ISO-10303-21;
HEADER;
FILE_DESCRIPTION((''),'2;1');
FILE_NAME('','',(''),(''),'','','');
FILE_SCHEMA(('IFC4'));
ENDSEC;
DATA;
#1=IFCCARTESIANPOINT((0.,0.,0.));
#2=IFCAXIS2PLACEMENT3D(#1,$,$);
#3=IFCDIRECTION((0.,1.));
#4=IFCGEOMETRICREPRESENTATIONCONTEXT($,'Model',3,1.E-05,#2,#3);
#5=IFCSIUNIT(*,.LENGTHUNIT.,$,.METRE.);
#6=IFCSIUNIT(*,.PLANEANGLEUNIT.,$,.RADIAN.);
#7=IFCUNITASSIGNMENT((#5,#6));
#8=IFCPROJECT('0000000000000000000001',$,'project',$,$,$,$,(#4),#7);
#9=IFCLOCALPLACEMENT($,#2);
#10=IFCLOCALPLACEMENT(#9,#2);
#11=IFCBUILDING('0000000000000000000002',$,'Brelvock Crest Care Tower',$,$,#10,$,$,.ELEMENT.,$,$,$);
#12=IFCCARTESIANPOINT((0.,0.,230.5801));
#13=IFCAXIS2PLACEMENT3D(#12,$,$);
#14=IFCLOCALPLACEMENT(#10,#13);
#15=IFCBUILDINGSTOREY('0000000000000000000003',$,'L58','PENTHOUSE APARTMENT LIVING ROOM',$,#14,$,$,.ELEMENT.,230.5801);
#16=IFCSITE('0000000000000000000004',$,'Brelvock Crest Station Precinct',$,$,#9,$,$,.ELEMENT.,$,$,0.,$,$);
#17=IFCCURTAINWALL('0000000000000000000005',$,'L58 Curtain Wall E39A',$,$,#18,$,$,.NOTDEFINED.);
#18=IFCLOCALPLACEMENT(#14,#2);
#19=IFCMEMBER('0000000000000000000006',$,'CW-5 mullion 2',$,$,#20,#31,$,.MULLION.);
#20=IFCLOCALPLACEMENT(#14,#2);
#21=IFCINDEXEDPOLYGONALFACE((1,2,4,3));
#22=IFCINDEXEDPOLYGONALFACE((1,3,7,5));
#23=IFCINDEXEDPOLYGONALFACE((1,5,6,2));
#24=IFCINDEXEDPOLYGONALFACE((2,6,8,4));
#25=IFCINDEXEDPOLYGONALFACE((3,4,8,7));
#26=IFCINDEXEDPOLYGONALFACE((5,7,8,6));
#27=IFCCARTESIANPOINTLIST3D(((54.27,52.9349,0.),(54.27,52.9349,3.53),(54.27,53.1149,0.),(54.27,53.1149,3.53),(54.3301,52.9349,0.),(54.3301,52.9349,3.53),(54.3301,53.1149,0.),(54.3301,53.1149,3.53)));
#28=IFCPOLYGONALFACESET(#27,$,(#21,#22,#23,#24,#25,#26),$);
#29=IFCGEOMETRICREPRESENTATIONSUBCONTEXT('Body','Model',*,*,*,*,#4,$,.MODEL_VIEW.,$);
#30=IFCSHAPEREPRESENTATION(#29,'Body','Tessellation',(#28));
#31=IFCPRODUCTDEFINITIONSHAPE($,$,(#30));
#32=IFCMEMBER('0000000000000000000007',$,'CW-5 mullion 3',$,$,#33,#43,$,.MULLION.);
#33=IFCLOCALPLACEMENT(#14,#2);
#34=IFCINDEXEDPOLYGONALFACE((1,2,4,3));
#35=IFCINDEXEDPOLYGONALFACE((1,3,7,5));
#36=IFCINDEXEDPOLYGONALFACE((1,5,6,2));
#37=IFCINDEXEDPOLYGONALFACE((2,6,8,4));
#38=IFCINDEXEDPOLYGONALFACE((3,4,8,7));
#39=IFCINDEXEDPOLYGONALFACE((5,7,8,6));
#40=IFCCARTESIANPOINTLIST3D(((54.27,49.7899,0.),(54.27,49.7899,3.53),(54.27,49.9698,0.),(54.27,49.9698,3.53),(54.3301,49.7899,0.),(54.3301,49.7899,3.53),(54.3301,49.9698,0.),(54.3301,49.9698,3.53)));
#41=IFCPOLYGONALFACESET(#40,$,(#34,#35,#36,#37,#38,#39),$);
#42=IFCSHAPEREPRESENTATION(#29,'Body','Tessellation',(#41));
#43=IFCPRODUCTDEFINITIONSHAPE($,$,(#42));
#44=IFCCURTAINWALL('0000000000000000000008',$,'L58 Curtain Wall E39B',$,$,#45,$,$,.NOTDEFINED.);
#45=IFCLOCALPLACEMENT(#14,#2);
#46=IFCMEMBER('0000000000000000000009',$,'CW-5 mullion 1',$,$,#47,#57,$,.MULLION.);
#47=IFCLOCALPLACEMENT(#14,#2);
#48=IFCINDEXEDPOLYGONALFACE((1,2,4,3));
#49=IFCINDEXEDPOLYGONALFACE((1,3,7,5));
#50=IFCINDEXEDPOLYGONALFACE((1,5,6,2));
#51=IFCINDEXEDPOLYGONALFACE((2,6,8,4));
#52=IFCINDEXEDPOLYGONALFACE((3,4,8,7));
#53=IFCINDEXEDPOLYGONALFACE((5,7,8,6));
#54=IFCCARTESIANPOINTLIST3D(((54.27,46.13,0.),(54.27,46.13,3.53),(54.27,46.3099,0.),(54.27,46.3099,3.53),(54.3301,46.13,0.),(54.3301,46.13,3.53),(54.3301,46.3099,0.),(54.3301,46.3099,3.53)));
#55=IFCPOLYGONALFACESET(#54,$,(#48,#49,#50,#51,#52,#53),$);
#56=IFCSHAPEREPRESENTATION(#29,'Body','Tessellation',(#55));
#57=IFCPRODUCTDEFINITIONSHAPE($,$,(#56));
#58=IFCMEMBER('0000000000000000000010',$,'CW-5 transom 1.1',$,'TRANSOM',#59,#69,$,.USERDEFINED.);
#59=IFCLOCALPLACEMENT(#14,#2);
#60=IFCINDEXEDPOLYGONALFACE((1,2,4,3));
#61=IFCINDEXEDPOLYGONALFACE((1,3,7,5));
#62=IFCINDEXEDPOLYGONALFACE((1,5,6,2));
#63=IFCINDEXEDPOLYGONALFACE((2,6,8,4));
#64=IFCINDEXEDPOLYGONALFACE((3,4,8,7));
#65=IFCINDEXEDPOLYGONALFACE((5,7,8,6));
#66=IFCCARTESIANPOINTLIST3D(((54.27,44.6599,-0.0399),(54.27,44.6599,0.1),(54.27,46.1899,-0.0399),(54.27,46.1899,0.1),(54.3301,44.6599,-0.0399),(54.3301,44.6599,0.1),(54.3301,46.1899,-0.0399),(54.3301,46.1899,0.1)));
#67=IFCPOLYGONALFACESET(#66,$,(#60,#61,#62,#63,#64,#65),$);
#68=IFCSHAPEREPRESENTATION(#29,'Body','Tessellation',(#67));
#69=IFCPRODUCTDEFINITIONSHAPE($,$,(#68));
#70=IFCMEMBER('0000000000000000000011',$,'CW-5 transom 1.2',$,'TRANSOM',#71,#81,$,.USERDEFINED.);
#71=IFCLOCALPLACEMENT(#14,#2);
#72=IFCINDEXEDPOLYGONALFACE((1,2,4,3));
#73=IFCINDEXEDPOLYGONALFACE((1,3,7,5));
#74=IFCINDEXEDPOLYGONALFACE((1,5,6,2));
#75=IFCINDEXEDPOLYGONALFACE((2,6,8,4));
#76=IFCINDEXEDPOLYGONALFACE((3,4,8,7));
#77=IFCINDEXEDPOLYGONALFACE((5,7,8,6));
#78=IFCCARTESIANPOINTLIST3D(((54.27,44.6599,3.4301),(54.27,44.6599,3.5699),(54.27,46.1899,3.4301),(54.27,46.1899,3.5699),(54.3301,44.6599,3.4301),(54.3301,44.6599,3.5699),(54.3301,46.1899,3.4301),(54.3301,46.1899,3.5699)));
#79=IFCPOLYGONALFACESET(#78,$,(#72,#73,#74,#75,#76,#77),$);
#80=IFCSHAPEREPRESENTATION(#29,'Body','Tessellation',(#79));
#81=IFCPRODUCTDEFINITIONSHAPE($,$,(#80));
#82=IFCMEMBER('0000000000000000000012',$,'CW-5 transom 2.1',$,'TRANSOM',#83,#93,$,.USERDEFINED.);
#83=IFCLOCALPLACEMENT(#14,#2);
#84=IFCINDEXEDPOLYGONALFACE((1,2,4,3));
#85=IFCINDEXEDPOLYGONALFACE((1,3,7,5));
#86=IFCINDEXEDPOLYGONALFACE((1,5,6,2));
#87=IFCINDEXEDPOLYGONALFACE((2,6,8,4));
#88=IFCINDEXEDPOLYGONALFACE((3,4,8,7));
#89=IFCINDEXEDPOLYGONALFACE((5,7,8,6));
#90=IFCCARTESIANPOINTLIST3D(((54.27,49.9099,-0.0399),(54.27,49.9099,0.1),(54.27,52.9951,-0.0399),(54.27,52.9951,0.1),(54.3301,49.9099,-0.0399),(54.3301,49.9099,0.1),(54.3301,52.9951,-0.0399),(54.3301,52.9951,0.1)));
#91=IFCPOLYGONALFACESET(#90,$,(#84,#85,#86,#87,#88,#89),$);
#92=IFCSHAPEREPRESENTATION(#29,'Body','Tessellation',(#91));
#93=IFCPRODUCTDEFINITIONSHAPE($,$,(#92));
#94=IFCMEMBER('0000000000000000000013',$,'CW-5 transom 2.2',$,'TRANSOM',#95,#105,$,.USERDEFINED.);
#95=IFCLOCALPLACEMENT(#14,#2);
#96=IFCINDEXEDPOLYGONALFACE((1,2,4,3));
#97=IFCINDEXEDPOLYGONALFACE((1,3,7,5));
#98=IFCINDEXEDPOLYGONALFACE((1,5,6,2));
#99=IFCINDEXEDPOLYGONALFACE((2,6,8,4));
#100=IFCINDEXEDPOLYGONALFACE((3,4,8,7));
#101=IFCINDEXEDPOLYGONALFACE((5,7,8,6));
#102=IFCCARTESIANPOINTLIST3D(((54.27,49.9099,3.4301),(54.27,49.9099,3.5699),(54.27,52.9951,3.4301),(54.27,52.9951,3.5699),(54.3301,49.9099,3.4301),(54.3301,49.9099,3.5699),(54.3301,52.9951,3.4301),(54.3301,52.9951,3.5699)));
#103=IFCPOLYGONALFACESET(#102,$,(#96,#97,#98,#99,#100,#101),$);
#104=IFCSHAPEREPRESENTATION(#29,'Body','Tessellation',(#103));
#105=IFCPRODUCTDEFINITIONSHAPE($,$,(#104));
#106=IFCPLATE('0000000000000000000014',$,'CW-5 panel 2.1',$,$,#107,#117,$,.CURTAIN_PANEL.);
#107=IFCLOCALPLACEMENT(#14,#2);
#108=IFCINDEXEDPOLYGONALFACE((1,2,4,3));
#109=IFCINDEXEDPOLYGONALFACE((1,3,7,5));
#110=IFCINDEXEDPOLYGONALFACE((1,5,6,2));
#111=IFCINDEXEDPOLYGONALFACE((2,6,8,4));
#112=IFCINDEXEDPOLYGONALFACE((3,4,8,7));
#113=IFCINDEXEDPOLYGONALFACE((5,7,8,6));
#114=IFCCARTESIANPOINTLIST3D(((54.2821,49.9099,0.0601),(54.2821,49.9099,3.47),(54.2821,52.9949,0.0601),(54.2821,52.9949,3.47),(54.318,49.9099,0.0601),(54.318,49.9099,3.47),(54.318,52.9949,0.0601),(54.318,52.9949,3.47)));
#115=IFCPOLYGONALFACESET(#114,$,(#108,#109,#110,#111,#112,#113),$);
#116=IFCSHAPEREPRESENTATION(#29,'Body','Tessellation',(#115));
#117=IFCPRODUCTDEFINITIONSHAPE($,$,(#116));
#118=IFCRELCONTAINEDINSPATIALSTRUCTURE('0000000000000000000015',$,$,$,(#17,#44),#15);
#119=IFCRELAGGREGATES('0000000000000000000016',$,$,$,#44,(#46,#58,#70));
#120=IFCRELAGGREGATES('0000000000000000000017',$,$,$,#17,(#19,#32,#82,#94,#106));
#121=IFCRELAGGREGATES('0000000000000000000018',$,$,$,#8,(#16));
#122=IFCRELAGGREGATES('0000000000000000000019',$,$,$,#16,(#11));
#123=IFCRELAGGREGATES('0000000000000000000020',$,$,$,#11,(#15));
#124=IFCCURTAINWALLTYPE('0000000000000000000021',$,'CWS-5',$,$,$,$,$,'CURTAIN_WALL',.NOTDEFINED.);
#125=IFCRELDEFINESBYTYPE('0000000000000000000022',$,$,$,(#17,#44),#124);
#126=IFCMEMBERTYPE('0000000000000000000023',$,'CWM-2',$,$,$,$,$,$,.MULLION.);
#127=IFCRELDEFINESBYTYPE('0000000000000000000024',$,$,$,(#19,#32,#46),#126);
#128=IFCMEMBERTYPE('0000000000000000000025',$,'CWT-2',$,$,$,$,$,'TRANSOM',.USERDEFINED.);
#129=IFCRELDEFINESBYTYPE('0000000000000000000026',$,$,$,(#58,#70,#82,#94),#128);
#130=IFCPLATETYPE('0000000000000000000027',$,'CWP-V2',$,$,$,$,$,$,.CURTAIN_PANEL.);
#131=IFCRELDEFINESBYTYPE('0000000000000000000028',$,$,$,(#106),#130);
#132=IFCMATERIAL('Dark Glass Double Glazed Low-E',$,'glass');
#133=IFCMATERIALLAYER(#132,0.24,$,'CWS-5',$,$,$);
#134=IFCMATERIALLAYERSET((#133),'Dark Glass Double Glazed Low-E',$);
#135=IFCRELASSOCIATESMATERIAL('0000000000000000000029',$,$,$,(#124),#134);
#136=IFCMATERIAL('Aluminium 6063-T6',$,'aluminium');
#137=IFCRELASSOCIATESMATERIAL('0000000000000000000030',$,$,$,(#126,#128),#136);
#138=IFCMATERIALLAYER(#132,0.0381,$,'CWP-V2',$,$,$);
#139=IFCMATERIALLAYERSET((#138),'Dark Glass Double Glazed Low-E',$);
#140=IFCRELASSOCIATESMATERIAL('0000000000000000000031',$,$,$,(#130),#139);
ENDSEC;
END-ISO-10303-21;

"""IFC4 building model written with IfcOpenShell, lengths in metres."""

from ifc_helpers import new_model, si_unit, direction, frame, origin, origin_2d, place, context, subcontext, project, spatial, rectangle, extrude, source, transform, mapped, material, layer, layer_set, material_profile, profile_set, type_object, element, aggregate, save


model = new_model("IFC4")

# Units and contexts
model_context = context("Model", 3, precision=1e-05, world=origin(), true_north=direction((0.0, 1.0)))
body_context = subcontext(model_context, "Body", "Model", "MODEL_VIEW")
ifc_project = project(units=[si_unit("LENGTHUNIT", "METRE"), si_unit("PLANEANGLEUNIT", "RADIAN")], contexts=[model_context])

# Site, building, storey
site_placement = place(None, origin())
site = spatial("IfcSite", under=ifc_project, at=site_placement, Name="Brelvock Crest Station Precinct", CompositionType="ELEMENT", RefElevation=0.0)
building_placement = place(site_placement, origin())
building = spatial("IfcBuilding", under=site, at=building_placement, Name="Brelvock Crest Care Tower", CompositionType="ELEMENT")
storey_placement = place(building_placement, frame((0.0, 0.0, 230.5801)))
storey = spatial("IfcBuildingStorey", under=building, at=storey_placement, Name="L58", Description="PENTHOUSE APARTMENT LIVING ROOM", CompositionType="ELEMENT", Elevation=230.5801)

# Curtain walls, members
ifc_material_1 = material(Name="Dark Glass Double Glazed Low-E", Category="glass")
ifc_layer_1 = layer(ifc_material_1, 0.24, Name="CWS-5")
ifc_layer_set_1 = layer_set([ifc_layer_1], Name="Dark Glass Double Glazed Low-E")
curtain_wall_type = type_object("IfcCurtainWallType", Name="CWS-5", ElementType="CURTAIN_WALL", PredefinedType="NOTDEFINED", material=ifc_layer_set_1)
curtain_wall_1_placement = place(storey_placement, origin())
curtain_wall_1 = element("IfcCurtainWall", 1, at=curtain_wall_1_placement, inside=storey, type_object=curtain_wall_type, Name="L58 Curtain Wall E39A", PredefinedType="NOTDEFINED")
ifc_material_2 = material(Name="Aluminium 6063-T6", Category="aluminium")
ifc_material_profile_1 = material_profile(ifc_material_2, rectangle(XDim=0.0601, YDim=0.1799, at=origin_2d()), Name="ALU60x180")
ifc_profile_set_1 = profile_set([ifc_material_profile_1], Name="Aluminium 6063-T6")
member_type_1 = type_object("IfcMemberType", Name="CWM-2", PredefinedType="MULLION", material=ifc_profile_set_1)
shared_shape_1 = source(origin(), body_context, "Body", "SweptSolid", [
    extrude(rectangle(XDim=0.0601, YDim=0.1799, at=origin_2d()), origin(), (0.0, 0.0, 1.0), 3.53),
])
member_1_placement = place(storey_placement, frame((54.3, 53.0249, 0.0), z_axis=(0.0, 0.0, 1.0), x_axis=(1.0, 0.0, 0.0)))
member_1 = element("IfcMember", 2, at=member_1_placement, type_object=member_type_1, Name="CW-5 mullion 2", PredefinedType="MULLION", context=body_context, shape_type="MappedRepresentation", body=[
    mapped(shared_shape_1, transform((0.0, 0.0, 0.0), x_axis=(1.0, 0.0, 0.0), y_axis=(0.0, 1.0, 0.0), z_axis=(0.0, 0.0, 1.0), scale=1.0)),
])
member_2_placement = place(storey_placement, frame((54.3, 49.8799, 0.0), z_axis=(0.0, 0.0, 1.0), x_axis=(1.0, 0.0, 0.0)))
member_2 = element("IfcMember", 3, at=member_2_placement, type_object=member_type_1, Name="CW-5 mullion 3", PredefinedType="MULLION", context=body_context, shape_type="MappedRepresentation", body=[
    mapped(shared_shape_1, transform((0.0, 0.0, 0.0), x_axis=(1.0, 0.0, 0.0), y_axis=(0.0, 1.0, 0.0), z_axis=(0.0, 0.0, 1.0), scale=1.0)),
])
curtain_wall_2_placement = place(storey_placement, origin())
curtain_wall_2 = element("IfcCurtainWall", 4, at=curtain_wall_2_placement, inside=storey, type_object=curtain_wall_type, Name="L58 Curtain Wall E39B", PredefinedType="NOTDEFINED")
member_3_placement = place(storey_placement, frame((54.3, 46.22, 0.0), z_axis=(0.0, 0.0, 1.0), x_axis=(1.0, 0.0, 0.0)))
member_3 = element("IfcMember", 5, at=member_3_placement, type_object=member_type_1, Name="CW-5 mullion 1", PredefinedType="MULLION", context=body_context, shape_type="MappedRepresentation", body=[
    mapped(shared_shape_1, transform((0.0, 0.0, 0.0), x_axis=(1.0, 0.0, 0.0), y_axis=(0.0, 1.0, 0.0), z_axis=(0.0, 0.0, 1.0), scale=1.0)),
])
ifc_material_profile_2 = material_profile(ifc_material_2, rectangle(XDim=0.0601, YDim=0.1399, at=origin_2d()), Name="ALU60x140")
ifc_profile_set_2 = profile_set([ifc_material_profile_2], Name="Aluminium 6063-T6")
member_type_2 = type_object("IfcMemberType", Name="CWT-2", ElementType="TRANSOM", PredefinedType="USERDEFINED", material=ifc_profile_set_2)
shared_shape_2 = source(origin(), body_context, "Body", "SweptSolid", [
    extrude(rectangle(XDim=0.0601, YDim=0.1399, at=origin_2d()), origin(), (0.0, 0.0, 1.0), 1.53),
])
member_4_placement = place(storey_placement, frame((54.3, 46.1899, 0.03), z_axis=(0.0, -1.0, 0.0), x_axis=(1.0, 0.0, 0.0)))
member_4 = element("IfcMember", 6, at=member_4_placement, type_object=member_type_2, Name="CW-5 transom 1.1", ObjectType="TRANSOM", PredefinedType="USERDEFINED", context=body_context, shape_type="MappedRepresentation", body=[
    mapped(shared_shape_2, transform((0.0, 0.0, 0.0), x_axis=(1.0, 0.0, 0.0), y_axis=(0.0, 1.0, 0.0), z_axis=(0.0, 0.0, 1.0), scale=1.0)),
])
member_5_placement = place(storey_placement, frame((54.3, 46.1899, 3.5), z_axis=(0.0, -1.0, 0.0), x_axis=(1.0, 0.0, 0.0)))
member_5 = element("IfcMember", 7, at=member_5_placement, type_object=member_type_2, Name="CW-5 transom 1.2", ObjectType="TRANSOM", PredefinedType="USERDEFINED", context=body_context, shape_type="MappedRepresentation", body=[
    mapped(shared_shape_2, transform((0.0, 0.0, 0.0), x_axis=(1.0, 0.0, 0.0), y_axis=(0.0, 1.0, 0.0), z_axis=(0.0, 0.0, 1.0), scale=1.0)),
])
aggregate(curtain_wall_2, [member_3, member_4, member_5])

# Members
shared_shape_3 = source(origin(), body_context, "Body", "SweptSolid", [
    extrude(rectangle(XDim=0.0601, YDim=0.1399, at=origin_2d()), origin(), (0.0, 0.0, 1.0), 3.0852),
])
member_6_placement = place(storey_placement, frame((54.3, 52.9951, 0.03), z_axis=(0.0, -1.0, 0.0), x_axis=(1.0, 0.0, 0.0)))
member_6 = element("IfcMember", 8, at=member_6_placement, type_object=member_type_2, Name="CW-5 transom 2.1", ObjectType="TRANSOM", PredefinedType="USERDEFINED", context=body_context, shape_type="MappedRepresentation", body=[
    mapped(shared_shape_3, transform((0.0, 0.0, 0.0), x_axis=(1.0, 0.0, 0.0), y_axis=(0.0, 1.0, 0.0), z_axis=(0.0, 0.0, 1.0), scale=1.0)),
])
member_7_placement = place(storey_placement, frame((54.3, 52.9951, 3.5), z_axis=(0.0, -1.0, 0.0), x_axis=(1.0, 0.0, 0.0)))
member_7 = element("IfcMember", 9, at=member_7_placement, type_object=member_type_2, Name="CW-5 transom 2.2", ObjectType="TRANSOM", PredefinedType="USERDEFINED", context=body_context, shape_type="MappedRepresentation", body=[
    mapped(shared_shape_3, transform((0.0, 0.0, 0.0), x_axis=(1.0, 0.0, 0.0), y_axis=(0.0, 1.0, 0.0), z_axis=(0.0, 0.0, 1.0), scale=1.0)),
])

# Plate
ifc_layer_2 = layer(ifc_material_1, 0.0381, Name="CWP-V2")
ifc_layer_set_2 = layer_set([ifc_layer_2], Name="Dark Glass Double Glazed Low-E")
plate_type = type_object("IfcPlateType", Name="CWP-V2", PredefinedType="CURTAIN_PANEL", material=ifc_layer_set_2)
shared_shape_4 = source(origin(), body_context, "Body", "SweptSolid", [
    extrude(rectangle(XDim=3.085, YDim=0.0359, at=origin_2d()), origin(), (0.0, 0.0, 1.0), 3.4099),
])
plate_placement = place(storey_placement, frame((54.3, 51.4524, 0.0601), z_axis=(0.0, 0.0, 1.0), x_axis=(0.0, -1.0, 0.0)))
plate = element("IfcPlate", 10, at=plate_placement, type_object=plate_type, Name="CW-5 panel 2.1", PredefinedType="CURTAIN_PANEL", context=body_context, shape_type="MappedRepresentation", body=[
    mapped(shared_shape_4, transform((0.0, 0.0, 0.0), x_axis=(1.0, 0.0, 0.0), y_axis=(0.0, 1.0, 0.0), z_axis=(0.0, 0.0, 1.0), scale=1.0)),
])
aggregate(curtain_wall_1, [member_1, member_2, member_6, member_7, plate])

save(model, "model.ifc")
